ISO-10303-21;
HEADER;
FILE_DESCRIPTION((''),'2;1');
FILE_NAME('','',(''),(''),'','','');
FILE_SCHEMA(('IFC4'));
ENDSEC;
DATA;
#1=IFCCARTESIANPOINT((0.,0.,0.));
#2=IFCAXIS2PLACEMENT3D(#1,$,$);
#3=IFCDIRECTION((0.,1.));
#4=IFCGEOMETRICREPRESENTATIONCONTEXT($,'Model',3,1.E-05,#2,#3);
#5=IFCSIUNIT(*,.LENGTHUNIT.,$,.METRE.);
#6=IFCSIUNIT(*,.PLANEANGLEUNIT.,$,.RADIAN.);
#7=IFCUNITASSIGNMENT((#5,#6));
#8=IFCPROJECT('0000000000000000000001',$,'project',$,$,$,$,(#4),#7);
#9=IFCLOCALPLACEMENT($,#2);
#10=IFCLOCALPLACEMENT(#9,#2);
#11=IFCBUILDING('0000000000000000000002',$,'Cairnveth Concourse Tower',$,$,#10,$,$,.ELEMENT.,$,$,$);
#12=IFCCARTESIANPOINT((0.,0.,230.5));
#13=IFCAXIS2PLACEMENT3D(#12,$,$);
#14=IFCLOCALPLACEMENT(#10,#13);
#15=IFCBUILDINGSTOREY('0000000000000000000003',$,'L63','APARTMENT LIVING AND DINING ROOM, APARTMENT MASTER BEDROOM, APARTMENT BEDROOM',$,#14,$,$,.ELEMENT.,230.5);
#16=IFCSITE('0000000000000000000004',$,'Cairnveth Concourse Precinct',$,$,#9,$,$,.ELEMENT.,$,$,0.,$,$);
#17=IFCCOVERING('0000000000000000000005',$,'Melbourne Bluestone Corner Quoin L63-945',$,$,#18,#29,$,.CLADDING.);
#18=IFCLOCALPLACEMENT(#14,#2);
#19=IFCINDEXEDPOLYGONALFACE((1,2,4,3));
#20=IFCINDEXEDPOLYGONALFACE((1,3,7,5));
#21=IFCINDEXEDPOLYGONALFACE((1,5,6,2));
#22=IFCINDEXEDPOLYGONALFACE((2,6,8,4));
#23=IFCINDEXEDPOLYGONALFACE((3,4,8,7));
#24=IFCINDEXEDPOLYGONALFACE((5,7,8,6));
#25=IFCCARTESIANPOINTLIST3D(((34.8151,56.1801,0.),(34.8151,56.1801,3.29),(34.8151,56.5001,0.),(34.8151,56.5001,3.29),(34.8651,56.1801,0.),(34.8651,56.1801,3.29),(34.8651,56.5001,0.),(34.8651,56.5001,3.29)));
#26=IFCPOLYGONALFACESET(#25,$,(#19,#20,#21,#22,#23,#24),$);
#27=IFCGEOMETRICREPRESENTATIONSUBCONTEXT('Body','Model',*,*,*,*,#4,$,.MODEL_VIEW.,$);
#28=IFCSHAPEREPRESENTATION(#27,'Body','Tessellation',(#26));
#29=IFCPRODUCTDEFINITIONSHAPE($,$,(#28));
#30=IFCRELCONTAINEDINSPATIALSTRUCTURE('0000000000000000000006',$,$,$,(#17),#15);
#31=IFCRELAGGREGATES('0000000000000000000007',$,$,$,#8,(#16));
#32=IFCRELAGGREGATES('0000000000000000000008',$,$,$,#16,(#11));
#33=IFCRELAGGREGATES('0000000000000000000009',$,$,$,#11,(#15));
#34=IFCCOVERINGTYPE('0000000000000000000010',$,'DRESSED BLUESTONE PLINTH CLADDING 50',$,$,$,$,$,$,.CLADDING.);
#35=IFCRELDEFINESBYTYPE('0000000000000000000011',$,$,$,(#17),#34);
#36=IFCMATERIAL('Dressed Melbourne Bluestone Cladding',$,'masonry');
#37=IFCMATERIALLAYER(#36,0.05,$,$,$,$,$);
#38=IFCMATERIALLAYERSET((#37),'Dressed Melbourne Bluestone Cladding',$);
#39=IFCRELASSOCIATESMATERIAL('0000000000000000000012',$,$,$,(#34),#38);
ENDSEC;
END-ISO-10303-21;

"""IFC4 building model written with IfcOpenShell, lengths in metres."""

from ifc_helpers import new_model, si_unit, direction, frame, frame_2d, origin, place, context, subcontext, project, spatial, rectangle, extrude, material, layer, layer_set, type_object, element, save


model = new_model("IFC4")

# Units and contexts
model_context = context("Model", 3, precision=1e-05, world=origin(), true_north=direction((0.0, 1.0)))
body_context = subcontext(model_context, "Body", "Model", "MODEL_VIEW")
ifc_project = project(units=[si_unit("LENGTHUNIT", "METRE"), si_unit("PLANEANGLEUNIT", "RADIAN")], contexts=[model_context])

# Site, building, storey
site_placement = place(None, origin())
site = spatial("IfcSite", under=ifc_project, at=site_placement, Name="Cairnveth Concourse Precinct", CompositionType="ELEMENT", RefElevation=0.0)
building_placement = place(site_placement, origin())
building = spatial("IfcBuilding", under=site, at=building_placement, Name="Cairnveth Concourse Tower", CompositionType="ELEMENT")
storey_placement = place(building_placement, frame((0.0, 0.0, 230.5)))
storey = spatial("IfcBuildingStorey", under=building, at=storey_placement, Name="L63", Description="APARTMENT LIVING AND DINING ROOM, APARTMENT MASTER BEDROOM, APARTMENT BEDROOM", CompositionType="ELEMENT", Elevation=230.5)

# Covering
ifc_material_1 = material(Name="Dressed Melbourne Bluestone Cladding", Category="masonry")
ifc_layer_1 = layer(ifc_material_1, 0.05)
ifc_layer_set_1 = layer_set([ifc_layer_1], Name="Dressed Melbourne Bluestone Cladding")
covering_type = type_object("IfcCoveringType", Name="DRESSED BLUESTONE PLINTH CLADDING 50", PredefinedType="CLADDING", material=ifc_layer_set_1)
covering_placement = place(storey_placement, frame((34.8401, 56.1799, 0.0), z_axis=(0.0, 0.0, 1.0), x_axis=(0.0, 1.0, 0.0)))
element("IfcCovering", 1, at=covering_placement, inside=storey, type_object=covering_type, Name="Melbourne Bluestone Corner Quoin L63-945", PredefinedType="CLADDING", context=body_context, shape_type="SweptSolid", body=[
    extrude(rectangle(XDim=0.3201, YDim=0.05, at=frame_2d((0.1602, 0.0))), origin(), (0.0, 0.0, 1.0), 3.29),
])

save(model, "model.ifc")
